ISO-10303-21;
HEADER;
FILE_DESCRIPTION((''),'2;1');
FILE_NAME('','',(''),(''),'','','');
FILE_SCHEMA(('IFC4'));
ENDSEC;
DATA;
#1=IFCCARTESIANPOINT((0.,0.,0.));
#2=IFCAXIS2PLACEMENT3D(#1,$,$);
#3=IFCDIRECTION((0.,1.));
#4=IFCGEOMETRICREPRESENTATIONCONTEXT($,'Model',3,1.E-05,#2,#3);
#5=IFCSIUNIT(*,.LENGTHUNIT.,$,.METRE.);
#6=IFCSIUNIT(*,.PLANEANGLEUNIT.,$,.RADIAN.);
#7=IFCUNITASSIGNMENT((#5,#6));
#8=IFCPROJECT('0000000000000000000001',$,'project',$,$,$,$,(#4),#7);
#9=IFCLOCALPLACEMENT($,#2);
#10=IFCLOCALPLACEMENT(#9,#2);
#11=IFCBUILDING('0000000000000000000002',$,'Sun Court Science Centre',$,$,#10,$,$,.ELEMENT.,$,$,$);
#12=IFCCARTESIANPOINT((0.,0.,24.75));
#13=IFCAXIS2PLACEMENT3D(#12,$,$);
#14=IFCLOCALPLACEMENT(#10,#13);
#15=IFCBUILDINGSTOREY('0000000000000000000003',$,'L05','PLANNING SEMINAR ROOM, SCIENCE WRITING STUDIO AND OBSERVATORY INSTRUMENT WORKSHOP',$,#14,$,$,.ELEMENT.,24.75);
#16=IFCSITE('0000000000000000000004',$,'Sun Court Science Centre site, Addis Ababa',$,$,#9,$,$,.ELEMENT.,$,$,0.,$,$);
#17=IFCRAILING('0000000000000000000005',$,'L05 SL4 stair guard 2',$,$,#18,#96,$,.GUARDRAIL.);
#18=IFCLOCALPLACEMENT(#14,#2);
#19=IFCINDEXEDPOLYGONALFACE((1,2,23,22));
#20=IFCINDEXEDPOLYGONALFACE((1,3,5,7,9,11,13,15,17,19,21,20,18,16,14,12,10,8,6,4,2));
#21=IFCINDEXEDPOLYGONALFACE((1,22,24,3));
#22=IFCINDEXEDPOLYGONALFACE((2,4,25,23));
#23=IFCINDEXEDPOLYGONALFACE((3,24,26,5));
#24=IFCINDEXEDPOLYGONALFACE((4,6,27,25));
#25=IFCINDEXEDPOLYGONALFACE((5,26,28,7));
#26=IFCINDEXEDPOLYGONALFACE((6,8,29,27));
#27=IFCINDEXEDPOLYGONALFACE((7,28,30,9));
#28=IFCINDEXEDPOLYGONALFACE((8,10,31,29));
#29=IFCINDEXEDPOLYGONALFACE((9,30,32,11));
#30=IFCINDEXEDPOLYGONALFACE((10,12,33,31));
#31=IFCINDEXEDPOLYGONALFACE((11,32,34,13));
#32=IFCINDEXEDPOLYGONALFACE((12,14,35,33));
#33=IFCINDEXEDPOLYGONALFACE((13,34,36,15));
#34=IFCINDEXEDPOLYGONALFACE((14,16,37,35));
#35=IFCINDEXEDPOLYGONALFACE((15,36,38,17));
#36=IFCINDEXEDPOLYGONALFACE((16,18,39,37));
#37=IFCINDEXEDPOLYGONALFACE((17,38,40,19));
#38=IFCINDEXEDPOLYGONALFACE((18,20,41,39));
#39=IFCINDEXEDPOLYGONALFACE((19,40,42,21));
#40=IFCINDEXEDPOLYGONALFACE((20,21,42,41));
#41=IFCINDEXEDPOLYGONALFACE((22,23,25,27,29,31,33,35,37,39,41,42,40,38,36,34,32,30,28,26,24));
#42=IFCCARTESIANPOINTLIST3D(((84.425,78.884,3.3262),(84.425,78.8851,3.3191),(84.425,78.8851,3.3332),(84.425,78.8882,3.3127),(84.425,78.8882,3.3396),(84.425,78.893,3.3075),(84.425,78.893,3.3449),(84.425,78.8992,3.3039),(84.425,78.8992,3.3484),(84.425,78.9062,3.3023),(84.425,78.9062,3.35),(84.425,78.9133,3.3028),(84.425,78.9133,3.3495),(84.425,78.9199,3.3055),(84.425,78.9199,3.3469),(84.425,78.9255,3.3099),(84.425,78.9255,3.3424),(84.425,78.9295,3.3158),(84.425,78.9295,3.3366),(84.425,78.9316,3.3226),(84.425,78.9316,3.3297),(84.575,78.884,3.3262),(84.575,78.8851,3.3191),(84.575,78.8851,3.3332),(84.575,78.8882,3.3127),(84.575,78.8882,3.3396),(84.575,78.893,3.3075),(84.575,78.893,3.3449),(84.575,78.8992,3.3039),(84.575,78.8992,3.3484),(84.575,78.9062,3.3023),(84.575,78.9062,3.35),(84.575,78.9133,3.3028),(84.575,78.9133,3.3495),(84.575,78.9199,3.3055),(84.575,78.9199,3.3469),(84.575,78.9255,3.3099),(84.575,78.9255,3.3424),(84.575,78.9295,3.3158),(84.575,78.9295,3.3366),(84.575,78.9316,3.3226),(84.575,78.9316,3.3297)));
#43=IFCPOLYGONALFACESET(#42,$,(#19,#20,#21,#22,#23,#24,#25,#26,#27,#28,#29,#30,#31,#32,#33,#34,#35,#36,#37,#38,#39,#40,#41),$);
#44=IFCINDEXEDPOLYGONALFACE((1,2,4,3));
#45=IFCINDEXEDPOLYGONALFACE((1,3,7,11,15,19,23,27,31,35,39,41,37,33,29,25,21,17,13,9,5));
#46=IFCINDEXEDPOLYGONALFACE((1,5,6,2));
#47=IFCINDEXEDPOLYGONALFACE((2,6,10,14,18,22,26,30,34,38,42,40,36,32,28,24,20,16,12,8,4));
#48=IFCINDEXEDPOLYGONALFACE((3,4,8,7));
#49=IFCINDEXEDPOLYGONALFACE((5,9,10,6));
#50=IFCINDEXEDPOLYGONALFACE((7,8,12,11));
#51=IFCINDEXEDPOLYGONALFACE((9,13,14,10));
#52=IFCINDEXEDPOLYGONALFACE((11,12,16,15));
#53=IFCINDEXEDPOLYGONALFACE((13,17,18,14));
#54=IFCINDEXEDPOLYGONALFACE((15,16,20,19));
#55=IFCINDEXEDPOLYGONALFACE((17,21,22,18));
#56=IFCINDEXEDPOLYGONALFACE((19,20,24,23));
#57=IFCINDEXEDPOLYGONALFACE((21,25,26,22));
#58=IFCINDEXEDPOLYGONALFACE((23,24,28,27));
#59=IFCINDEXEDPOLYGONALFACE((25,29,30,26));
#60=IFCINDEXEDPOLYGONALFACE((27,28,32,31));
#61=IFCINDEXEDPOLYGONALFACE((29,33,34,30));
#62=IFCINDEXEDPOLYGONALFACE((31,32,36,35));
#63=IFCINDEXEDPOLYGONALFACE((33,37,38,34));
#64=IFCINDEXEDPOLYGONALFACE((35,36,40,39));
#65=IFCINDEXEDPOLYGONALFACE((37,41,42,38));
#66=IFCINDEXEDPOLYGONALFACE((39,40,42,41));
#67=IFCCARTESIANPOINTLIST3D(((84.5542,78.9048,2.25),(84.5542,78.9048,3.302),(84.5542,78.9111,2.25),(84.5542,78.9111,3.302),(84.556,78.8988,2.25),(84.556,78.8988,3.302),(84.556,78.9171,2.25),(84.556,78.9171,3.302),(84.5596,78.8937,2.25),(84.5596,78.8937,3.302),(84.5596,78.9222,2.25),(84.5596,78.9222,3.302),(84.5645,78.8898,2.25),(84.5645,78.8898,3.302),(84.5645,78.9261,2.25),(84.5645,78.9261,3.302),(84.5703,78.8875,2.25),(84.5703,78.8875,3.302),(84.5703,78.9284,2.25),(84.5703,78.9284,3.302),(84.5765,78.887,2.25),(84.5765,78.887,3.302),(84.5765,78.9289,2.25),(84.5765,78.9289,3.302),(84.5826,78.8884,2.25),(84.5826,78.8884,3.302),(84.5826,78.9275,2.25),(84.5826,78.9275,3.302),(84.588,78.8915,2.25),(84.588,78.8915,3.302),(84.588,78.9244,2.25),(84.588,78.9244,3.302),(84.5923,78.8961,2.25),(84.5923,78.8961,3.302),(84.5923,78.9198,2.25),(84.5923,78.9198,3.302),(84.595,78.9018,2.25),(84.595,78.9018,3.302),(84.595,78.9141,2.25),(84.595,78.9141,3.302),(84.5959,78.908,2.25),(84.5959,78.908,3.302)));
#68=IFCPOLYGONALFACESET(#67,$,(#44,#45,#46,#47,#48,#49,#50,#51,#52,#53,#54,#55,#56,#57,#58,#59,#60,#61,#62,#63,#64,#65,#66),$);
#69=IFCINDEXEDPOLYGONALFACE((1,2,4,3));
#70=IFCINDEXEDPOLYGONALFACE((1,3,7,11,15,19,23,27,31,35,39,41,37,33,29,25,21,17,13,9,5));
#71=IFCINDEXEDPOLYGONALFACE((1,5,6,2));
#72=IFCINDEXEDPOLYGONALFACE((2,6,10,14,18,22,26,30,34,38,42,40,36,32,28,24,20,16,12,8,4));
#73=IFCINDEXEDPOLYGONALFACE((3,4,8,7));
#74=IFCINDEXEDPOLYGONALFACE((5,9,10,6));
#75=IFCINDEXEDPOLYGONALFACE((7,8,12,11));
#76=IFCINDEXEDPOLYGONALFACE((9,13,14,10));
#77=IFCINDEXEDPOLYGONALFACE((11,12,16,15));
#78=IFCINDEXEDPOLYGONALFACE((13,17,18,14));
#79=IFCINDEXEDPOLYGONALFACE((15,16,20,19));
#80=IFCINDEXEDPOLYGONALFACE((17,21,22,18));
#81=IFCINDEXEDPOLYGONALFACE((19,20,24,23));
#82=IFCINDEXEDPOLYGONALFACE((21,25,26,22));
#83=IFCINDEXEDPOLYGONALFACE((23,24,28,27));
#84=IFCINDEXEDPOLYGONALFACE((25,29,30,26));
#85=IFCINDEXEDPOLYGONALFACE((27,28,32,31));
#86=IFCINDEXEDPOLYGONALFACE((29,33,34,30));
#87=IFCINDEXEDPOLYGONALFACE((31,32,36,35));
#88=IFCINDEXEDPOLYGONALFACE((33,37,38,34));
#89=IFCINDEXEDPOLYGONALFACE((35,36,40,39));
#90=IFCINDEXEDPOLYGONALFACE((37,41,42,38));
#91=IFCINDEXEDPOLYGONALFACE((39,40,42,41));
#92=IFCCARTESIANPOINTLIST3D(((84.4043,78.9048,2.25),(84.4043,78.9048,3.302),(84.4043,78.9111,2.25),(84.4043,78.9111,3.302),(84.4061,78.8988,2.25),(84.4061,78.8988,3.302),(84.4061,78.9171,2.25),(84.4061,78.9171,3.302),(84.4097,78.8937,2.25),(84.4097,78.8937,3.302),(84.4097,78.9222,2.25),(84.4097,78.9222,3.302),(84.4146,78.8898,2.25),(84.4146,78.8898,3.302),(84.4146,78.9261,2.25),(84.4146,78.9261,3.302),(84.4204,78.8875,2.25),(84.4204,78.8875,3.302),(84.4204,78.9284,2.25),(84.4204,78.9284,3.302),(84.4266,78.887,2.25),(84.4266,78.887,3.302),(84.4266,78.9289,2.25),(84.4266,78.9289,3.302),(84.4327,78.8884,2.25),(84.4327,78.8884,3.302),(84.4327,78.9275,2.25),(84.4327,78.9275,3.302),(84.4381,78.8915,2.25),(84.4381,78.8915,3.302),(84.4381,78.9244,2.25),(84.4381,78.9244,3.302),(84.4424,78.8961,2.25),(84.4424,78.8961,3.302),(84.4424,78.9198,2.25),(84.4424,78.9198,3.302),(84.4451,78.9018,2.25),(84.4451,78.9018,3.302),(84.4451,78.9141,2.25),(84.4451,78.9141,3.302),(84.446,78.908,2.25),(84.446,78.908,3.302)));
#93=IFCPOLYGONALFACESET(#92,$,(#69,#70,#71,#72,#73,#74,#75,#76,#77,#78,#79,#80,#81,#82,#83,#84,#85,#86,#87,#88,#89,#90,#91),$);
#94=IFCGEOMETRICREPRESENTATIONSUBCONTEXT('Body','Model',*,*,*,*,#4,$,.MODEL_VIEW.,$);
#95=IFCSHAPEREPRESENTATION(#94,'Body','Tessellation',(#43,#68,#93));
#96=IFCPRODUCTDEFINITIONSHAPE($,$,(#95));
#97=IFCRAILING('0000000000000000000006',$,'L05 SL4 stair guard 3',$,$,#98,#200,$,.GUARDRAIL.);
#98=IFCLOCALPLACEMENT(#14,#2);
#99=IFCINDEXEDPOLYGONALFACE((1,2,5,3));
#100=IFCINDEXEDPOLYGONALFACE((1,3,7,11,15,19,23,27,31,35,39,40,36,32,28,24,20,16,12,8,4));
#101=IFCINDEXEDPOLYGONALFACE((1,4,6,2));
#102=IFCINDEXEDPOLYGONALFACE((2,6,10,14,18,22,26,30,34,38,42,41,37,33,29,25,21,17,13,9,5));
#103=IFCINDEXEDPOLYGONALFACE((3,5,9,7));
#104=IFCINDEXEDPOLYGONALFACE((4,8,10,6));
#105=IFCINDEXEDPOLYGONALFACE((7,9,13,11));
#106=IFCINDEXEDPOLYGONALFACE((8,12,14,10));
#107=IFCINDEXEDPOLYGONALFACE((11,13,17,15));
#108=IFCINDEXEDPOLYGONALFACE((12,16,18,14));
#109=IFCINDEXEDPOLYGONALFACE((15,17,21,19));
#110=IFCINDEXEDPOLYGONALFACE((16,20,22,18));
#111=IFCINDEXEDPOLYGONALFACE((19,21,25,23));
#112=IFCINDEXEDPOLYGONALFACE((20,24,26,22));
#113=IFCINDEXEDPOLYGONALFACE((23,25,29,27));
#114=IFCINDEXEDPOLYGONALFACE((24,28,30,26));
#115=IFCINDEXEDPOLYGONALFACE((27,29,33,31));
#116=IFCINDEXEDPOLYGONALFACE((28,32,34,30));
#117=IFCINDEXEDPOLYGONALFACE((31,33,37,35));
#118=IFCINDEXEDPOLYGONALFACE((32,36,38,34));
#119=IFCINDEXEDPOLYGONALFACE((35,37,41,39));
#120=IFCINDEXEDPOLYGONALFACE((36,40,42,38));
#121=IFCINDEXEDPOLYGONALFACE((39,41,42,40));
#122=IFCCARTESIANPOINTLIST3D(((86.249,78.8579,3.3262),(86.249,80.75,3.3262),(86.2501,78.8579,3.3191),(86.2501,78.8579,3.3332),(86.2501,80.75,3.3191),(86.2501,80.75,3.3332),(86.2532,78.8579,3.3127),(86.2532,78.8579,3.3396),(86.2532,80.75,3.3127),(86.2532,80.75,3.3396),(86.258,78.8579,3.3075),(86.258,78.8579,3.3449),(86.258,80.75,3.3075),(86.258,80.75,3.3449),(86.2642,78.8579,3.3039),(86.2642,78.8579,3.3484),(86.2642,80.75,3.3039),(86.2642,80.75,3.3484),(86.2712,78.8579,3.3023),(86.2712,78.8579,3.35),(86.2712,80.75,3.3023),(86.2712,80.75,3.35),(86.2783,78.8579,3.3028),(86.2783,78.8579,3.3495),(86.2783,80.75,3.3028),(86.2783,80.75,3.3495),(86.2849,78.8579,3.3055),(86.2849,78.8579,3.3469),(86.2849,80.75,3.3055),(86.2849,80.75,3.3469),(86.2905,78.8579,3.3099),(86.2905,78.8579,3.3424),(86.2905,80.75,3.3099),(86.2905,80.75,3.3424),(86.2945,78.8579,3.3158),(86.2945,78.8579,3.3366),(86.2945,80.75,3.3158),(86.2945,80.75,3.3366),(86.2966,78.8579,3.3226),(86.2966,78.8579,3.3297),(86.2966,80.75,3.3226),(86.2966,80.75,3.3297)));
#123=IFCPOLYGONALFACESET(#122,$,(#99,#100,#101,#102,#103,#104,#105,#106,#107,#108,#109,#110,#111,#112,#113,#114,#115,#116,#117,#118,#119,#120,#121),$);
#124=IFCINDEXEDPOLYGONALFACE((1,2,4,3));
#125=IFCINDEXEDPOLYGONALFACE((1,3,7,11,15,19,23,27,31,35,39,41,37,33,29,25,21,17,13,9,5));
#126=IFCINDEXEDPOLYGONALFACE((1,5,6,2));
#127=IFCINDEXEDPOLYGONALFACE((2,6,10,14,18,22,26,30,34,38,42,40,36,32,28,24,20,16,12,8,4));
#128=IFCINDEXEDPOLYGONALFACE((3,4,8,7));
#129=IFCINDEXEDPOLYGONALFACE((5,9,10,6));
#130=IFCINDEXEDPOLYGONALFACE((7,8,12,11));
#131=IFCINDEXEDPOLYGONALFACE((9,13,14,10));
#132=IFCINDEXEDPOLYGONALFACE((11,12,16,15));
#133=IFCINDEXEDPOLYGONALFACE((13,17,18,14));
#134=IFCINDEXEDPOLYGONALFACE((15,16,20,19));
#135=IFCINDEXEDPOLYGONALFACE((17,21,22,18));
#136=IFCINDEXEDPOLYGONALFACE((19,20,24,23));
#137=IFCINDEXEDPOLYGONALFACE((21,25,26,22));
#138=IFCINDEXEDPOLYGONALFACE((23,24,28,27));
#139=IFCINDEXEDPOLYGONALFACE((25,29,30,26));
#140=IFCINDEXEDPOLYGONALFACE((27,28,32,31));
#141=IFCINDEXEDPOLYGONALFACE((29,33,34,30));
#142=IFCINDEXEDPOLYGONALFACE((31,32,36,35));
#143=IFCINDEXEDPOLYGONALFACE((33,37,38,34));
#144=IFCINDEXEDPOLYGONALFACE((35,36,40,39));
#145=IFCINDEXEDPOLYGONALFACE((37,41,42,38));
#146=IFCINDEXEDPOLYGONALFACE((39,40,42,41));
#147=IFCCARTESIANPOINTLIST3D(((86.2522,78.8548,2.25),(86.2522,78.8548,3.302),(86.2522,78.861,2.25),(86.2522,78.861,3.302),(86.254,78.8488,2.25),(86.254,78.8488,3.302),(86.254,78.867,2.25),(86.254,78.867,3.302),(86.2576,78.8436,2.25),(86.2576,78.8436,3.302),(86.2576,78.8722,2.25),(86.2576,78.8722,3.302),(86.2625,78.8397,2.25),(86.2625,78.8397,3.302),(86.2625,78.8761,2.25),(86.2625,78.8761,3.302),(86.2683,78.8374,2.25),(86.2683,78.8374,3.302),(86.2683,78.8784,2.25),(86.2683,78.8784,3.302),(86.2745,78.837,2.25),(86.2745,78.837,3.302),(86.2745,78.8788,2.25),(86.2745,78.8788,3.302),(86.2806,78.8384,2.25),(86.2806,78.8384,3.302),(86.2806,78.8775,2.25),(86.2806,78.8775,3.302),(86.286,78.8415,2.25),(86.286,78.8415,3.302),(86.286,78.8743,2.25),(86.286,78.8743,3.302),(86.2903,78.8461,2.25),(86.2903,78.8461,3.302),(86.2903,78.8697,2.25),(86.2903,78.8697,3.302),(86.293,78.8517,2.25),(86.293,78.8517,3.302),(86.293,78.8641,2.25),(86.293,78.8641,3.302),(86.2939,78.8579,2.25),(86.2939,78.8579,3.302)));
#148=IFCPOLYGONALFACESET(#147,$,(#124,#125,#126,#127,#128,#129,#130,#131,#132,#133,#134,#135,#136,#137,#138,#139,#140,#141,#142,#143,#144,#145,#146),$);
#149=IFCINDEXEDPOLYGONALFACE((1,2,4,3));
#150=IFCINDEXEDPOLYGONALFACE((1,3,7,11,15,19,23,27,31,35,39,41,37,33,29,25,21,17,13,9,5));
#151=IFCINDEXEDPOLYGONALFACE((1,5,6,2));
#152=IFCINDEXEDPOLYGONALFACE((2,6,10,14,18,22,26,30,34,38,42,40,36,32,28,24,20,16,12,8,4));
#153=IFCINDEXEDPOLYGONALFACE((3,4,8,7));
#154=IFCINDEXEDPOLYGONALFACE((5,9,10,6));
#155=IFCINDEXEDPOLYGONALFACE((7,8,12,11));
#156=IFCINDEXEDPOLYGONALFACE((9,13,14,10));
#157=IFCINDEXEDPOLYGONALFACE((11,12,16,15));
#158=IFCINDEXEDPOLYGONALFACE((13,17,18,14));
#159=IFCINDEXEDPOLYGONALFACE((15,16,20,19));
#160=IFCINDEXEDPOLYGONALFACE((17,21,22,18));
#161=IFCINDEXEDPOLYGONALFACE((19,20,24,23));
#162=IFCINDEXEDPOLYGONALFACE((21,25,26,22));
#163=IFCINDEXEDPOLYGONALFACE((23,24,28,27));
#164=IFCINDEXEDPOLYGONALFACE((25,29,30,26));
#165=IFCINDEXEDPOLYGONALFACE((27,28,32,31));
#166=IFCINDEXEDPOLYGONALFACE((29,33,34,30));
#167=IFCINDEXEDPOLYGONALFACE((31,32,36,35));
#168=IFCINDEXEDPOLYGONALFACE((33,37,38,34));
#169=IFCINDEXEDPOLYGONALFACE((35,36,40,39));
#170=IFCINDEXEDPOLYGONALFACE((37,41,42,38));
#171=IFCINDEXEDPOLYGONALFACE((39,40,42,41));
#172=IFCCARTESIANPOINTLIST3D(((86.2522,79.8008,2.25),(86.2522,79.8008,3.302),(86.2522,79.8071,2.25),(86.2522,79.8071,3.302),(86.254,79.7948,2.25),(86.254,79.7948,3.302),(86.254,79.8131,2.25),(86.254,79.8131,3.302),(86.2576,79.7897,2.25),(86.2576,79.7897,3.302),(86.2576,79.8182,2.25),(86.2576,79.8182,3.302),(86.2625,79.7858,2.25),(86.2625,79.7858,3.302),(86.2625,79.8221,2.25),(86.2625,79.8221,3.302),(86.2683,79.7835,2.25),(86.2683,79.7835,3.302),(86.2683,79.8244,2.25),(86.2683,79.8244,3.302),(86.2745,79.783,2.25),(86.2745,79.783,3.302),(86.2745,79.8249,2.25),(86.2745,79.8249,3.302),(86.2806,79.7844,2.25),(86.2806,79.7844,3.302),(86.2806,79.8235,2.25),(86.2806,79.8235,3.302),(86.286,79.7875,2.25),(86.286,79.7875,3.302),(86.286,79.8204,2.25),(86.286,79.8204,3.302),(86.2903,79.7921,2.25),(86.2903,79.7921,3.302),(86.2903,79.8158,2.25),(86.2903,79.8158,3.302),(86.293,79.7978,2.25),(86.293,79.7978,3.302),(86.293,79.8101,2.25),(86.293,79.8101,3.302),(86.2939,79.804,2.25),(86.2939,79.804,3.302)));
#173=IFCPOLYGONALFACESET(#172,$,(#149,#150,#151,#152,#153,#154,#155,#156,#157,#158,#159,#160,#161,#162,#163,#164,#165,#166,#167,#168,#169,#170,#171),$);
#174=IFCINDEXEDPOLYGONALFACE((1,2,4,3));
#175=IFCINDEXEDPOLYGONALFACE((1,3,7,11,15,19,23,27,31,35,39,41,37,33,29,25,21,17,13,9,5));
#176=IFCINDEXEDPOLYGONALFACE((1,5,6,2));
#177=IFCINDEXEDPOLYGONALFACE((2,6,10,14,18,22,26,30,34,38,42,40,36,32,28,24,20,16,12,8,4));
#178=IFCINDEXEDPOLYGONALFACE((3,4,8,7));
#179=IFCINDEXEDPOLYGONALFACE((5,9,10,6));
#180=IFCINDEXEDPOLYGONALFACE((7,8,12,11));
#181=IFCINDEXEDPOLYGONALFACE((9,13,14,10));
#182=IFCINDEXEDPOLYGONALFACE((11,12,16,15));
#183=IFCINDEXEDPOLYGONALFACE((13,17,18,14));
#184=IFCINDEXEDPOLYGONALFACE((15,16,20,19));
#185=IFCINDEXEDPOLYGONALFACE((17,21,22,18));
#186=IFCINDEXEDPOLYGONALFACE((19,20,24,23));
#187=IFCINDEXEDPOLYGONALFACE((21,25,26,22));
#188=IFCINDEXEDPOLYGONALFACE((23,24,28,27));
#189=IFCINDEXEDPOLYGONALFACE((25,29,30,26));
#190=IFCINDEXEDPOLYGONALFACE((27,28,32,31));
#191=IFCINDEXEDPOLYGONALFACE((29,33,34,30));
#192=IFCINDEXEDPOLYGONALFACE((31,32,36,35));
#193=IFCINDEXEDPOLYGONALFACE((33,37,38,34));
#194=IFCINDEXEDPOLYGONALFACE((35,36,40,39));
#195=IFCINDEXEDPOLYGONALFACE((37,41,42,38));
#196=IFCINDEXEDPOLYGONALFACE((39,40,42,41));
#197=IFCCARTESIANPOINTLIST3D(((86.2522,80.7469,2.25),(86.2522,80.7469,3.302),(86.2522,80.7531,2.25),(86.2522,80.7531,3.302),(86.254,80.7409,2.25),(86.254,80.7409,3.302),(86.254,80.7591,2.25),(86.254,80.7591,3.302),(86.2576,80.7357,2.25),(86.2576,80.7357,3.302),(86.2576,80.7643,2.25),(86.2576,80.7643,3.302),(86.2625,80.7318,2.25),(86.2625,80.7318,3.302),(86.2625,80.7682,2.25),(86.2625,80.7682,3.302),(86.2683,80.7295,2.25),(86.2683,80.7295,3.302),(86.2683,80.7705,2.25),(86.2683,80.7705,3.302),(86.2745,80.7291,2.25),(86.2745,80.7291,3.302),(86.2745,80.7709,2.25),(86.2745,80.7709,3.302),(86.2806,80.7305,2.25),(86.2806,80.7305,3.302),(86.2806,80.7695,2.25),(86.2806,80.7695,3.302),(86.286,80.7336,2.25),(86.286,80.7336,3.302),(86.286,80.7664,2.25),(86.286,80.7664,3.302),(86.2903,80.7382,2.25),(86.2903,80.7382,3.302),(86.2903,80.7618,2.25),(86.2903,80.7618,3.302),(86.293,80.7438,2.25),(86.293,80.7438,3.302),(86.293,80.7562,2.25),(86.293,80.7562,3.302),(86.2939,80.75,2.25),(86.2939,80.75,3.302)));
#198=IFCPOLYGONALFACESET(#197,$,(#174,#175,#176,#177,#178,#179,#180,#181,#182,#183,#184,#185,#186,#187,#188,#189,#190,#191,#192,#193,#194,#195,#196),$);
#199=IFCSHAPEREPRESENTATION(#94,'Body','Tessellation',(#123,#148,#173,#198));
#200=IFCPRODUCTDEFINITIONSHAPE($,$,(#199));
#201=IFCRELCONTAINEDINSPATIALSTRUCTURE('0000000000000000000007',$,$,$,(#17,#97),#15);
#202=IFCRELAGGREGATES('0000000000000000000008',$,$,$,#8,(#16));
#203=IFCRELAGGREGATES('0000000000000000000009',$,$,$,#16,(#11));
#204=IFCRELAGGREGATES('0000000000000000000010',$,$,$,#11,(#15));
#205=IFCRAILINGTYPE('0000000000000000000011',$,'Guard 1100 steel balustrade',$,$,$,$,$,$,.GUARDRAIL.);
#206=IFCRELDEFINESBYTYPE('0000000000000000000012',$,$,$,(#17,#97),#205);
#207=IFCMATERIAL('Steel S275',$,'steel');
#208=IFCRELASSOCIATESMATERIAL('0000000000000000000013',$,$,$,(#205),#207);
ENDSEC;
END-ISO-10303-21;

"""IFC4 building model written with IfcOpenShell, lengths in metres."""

from ifc_helpers import new_model, si_unit, direction, frame, origin, origin_2d, place, context, subcontext, project, spatial, circle, extrude, material, type_object, element, save


model = new_model("IFC4")

# Units and contexts
model_context = context("Model", 3, precision=1e-05, world=origin(), true_north=direction((0.0, 1.0)))
body_context = subcontext(model_context, "Body", "Model", "MODEL_VIEW")
ifc_project = project(units=[si_unit("LENGTHUNIT", "METRE"), si_unit("PLANEANGLEUNIT", "RADIAN")], contexts=[model_context])

# Site, building, storey
site_placement = place(None, origin())
site = spatial("IfcSite", under=ifc_project, at=site_placement, Name="Sun Court Science Centre site, Addis Ababa", CompositionType="ELEMENT", RefElevation=0.0)
building_placement = place(site_placement, origin())
building = spatial("IfcBuilding", under=site, at=building_placement, Name="Sun Court Science Centre", CompositionType="ELEMENT")
storey_placement = place(building_placement, frame((0.0, 0.0, 24.75)))
storey = spatial("IfcBuildingStorey", under=building, at=storey_placement, Name="L05", Description="PLANNING SEMINAR ROOM, SCIENCE WRITING STUDIO AND OBSERVATORY INSTRUMENT WORKSHOP", CompositionType="ELEMENT", Elevation=24.75)

# Railings
ifc_material_1 = material(Name="Steel S275", Category="steel")
railing_type_1 = type_object("IfcRailingType", Name="Guard 1100 steel balustrade", PredefinedType="GUARDRAIL", material=ifc_material_1)
railing_1_placement = place(storey_placement, frame((84.575, 78.908, 2.25)))
element("IfcRailing", 1, at=railing_1_placement, inside=storey, type_object=railing_type_1, Name="L05 SL4 stair guard 2", PredefinedType="GUARDRAIL", context=body_context, shape_type="SweptSolid", body=[
    extrude(circle(Radius=0.0239, at=origin_2d()), frame((0.0, 0.0, 1.0762), z_axis=(-1.0, 0.0, 0.0), x_axis=(0.0, -1.0, 0.0)), (0.0, 0.0, 1.0), 0.1499),
    extrude(circle(Radius=0.021, at=origin_2d()), origin(), (0.0, 0.0, 1.0), 1.052),
    extrude(circle(Radius=0.021, at=origin_2d()), frame((-0.1499, 0.0, 0.0)), (0.0, 0.0, 1.0), 1.052),
])
for number, where, name in (
    (2, (86.2729, 78.8579, 2.25), "L05 SL4 stair guard 3"),
):
    element("IfcRailing", number, at=place(storey_placement, frame(where)), inside=storey, type_object=railing_type_1, Name=name, PredefinedType="GUARDRAIL", context=body_context, shape_type="SweptSolid", body=[
        extrude(circle(Radius=0.0239, at=origin_2d()), frame((0.0, 0.0, 1.0762), z_axis=(0.0, 1.0, 0.0), x_axis=(-1.0, 0.0, 0.0)), (0.0, 0.0, 1.0), 1.8921),
        extrude(circle(Radius=0.021, at=origin_2d()), origin(), (0.0, 0.0, 1.0), 1.052),
        extrude(circle(Radius=0.021, at=origin_2d()), frame((0.0, 0.946, 0.0)), (0.0, 0.0, 1.0), 1.052),
        extrude(circle(Radius=0.021, at=origin_2d()), frame((0.0, 1.8921, 0.0)), (0.0, 0.0, 1.0), 1.052),
    ])

save(model, "model.ifc")
